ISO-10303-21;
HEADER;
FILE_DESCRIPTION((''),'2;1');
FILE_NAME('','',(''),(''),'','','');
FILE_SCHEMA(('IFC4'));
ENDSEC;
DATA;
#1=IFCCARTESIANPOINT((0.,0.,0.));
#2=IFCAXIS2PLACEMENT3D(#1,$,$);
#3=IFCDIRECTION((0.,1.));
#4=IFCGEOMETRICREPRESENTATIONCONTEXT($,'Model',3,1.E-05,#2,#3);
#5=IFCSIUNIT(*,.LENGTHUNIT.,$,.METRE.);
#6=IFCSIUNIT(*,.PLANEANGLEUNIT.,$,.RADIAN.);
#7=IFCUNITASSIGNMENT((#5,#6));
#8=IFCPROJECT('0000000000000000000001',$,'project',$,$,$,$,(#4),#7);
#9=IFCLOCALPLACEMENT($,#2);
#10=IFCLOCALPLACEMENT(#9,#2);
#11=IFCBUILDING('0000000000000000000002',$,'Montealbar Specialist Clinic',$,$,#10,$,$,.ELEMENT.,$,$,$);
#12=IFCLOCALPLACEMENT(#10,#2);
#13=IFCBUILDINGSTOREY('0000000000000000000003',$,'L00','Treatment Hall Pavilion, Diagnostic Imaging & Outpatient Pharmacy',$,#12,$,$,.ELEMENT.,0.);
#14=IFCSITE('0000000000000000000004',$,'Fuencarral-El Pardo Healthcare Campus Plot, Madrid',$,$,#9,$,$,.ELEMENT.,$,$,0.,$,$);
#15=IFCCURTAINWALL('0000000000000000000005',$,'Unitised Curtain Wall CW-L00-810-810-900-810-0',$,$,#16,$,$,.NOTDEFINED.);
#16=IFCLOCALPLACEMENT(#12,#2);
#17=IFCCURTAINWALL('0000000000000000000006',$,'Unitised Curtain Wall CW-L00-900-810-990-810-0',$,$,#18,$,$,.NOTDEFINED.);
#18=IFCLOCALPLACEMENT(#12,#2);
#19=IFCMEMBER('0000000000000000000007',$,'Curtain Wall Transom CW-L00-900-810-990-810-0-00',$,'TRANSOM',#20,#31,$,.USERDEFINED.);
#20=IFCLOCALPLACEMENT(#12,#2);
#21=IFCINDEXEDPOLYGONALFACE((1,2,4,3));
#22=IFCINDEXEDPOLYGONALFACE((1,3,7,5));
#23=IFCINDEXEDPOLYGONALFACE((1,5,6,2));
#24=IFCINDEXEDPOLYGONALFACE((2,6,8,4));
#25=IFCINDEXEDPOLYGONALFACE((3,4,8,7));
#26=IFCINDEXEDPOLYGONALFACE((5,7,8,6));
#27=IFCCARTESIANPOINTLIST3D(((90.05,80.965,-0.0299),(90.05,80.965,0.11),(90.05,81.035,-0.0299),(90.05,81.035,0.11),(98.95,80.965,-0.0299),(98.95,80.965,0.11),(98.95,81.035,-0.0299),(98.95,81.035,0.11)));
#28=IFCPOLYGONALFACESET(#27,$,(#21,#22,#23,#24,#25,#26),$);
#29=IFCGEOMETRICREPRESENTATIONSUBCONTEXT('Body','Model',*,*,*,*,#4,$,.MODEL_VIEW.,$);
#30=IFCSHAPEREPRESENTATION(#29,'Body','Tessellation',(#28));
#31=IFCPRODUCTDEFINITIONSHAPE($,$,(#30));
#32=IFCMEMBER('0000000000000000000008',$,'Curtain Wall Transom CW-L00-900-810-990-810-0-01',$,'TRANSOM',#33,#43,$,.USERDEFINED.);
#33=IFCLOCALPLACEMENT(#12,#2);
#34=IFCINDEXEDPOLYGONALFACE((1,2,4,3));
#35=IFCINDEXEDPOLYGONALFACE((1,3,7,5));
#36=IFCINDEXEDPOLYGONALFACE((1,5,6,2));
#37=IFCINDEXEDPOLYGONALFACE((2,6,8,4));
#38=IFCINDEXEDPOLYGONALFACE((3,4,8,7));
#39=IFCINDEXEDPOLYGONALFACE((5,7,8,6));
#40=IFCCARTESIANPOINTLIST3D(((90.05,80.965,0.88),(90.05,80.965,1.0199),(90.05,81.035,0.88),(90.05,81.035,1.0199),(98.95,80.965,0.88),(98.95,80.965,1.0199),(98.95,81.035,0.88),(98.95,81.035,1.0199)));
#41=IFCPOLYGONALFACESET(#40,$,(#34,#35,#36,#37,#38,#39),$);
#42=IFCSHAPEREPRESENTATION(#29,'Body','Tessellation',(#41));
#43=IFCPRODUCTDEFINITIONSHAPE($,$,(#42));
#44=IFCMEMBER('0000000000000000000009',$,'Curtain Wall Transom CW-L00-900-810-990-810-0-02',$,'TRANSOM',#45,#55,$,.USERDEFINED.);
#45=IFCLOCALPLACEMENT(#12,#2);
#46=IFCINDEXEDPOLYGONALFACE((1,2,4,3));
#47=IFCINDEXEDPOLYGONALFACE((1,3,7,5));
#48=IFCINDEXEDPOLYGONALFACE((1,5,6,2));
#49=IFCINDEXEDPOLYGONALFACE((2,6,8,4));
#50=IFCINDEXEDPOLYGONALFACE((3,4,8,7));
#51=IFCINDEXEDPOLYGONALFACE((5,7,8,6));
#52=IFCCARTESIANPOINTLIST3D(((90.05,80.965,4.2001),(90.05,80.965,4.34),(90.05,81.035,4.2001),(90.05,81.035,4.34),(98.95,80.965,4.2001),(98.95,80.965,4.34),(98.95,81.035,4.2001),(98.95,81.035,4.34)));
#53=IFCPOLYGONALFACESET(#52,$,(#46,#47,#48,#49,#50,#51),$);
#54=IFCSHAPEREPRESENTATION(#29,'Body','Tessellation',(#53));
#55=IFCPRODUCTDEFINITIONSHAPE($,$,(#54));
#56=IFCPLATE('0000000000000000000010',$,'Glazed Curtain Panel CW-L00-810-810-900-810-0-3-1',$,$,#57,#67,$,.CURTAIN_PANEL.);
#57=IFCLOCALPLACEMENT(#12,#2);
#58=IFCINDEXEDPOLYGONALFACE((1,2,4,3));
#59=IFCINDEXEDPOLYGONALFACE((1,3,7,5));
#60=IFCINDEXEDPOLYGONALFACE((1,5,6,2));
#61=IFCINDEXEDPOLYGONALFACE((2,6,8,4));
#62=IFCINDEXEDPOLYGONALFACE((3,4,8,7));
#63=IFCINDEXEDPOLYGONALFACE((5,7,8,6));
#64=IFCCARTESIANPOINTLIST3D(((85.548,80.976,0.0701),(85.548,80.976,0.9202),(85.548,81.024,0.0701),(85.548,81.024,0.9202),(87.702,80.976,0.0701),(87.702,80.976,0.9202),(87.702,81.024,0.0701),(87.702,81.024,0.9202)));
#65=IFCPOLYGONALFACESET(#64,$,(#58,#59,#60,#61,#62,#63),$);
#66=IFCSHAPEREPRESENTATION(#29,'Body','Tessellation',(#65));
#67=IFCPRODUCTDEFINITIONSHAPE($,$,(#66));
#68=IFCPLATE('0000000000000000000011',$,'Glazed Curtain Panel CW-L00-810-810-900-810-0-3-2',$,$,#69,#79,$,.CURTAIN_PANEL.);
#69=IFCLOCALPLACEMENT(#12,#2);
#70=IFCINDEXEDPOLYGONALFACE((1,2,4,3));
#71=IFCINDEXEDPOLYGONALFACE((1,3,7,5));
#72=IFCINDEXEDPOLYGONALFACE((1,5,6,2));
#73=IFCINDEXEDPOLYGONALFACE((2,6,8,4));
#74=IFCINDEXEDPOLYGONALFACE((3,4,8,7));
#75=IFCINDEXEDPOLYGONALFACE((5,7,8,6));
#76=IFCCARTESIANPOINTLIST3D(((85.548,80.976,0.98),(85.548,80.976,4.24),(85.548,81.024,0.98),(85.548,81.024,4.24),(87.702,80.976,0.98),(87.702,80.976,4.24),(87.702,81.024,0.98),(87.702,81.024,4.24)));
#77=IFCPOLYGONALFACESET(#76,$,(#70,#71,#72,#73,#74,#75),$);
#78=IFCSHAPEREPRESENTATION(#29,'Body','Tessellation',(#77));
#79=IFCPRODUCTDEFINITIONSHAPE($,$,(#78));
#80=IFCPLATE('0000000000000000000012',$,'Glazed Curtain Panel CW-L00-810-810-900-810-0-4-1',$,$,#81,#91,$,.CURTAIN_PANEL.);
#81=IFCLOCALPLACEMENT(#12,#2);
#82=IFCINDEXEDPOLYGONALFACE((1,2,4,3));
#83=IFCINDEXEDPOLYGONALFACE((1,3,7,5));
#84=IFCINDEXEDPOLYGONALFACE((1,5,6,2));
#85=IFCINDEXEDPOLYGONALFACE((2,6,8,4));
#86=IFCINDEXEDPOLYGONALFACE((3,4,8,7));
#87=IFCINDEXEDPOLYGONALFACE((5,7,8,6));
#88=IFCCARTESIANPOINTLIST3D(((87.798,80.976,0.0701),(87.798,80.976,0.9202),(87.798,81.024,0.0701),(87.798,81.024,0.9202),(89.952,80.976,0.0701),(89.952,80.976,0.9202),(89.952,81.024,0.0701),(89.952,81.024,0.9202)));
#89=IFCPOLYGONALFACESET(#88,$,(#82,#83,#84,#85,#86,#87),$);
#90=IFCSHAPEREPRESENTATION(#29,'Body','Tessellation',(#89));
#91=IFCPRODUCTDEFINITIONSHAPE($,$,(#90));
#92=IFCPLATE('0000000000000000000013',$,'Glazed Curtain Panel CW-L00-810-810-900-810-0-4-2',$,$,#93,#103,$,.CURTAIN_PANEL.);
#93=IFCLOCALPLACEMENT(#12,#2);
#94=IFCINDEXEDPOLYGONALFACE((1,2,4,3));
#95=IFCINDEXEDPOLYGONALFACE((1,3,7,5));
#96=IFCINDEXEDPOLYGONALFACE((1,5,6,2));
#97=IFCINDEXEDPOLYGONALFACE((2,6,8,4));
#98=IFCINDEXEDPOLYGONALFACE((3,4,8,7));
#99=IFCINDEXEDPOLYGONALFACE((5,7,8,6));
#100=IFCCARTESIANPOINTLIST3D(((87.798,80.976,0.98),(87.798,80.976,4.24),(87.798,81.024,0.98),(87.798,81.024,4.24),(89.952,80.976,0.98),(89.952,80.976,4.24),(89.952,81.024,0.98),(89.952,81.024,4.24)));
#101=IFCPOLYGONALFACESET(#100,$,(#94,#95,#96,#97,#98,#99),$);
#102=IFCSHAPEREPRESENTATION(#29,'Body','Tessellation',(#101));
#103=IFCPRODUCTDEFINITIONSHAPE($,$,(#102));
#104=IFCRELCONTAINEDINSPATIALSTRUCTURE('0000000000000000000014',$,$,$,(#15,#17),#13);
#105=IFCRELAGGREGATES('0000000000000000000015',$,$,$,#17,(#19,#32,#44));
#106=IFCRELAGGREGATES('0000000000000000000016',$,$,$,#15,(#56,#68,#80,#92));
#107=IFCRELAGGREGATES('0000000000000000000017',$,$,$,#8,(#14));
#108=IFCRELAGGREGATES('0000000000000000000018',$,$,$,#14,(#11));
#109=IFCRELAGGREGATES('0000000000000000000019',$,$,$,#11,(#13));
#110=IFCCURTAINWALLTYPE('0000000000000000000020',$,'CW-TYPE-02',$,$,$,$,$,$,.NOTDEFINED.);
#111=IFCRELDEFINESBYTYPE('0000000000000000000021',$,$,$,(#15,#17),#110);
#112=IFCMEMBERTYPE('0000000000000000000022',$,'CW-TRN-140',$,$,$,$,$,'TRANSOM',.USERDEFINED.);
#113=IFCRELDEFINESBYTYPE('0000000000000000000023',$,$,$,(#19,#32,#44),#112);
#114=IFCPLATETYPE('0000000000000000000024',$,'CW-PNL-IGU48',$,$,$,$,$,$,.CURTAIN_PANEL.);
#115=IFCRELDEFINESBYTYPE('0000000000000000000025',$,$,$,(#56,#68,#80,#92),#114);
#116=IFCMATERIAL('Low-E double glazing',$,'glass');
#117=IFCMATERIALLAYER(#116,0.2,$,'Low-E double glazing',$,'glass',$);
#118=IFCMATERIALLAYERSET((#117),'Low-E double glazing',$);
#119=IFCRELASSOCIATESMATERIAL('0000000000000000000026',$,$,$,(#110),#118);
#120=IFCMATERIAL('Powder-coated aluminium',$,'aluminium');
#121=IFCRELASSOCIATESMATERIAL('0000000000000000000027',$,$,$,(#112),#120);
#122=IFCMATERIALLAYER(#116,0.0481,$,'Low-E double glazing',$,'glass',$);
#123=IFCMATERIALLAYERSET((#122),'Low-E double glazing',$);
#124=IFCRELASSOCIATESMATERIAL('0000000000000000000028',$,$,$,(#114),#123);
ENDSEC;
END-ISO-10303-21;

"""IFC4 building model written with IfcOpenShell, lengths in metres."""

from ifc_helpers import new_model, si_unit, direction, frame, origin, origin_2d, place, context, subcontext, project, spatial, rectangle, extrude, material, layer, layer_set, material_profile, profile_set, type_object, element, aggregate, save


model = new_model("IFC4")

# Units and contexts
model_context = context("Model", 3, precision=1e-05, world=origin(), true_north=direction((0.0, 1.0)))
body_context = subcontext(model_context, "Body", "Model", "MODEL_VIEW")
ifc_project = project(units=[si_unit("LENGTHUNIT", "METRE"), si_unit("PLANEANGLEUNIT", "RADIAN")], contexts=[model_context])

# Site, building, storey
site_placement = place(None, origin())
site = spatial("IfcSite", under=ifc_project, at=site_placement, Name="Fuencarral-El Pardo Healthcare Campus Plot, Madrid", CompositionType="ELEMENT", RefElevation=0.0)
building_placement = place(site_placement, origin())
building = spatial("IfcBuilding", under=site, at=building_placement, Name="Montealbar Specialist Clinic", CompositionType="ELEMENT")
storey_placement = place(building_placement, origin())
storey = spatial("IfcBuildingStorey", under=building, at=storey_placement, Name="L00", Description="Treatment Hall Pavilion, Diagnostic Imaging & Outpatient Pharmacy", CompositionType="ELEMENT", Elevation=0.0)

# Curtain walls, members
ifc_material_1 = material(Name="Low-E double glazing", Category="glass")
ifc_layer_1 = layer(ifc_material_1, 0.2, Name="Low-E double glazing", Category="glass")
ifc_layer_set_1 = layer_set([ifc_layer_1], Name="Low-E double glazing")
curtain_wall_type = type_object("IfcCurtainWallType", Name="CW-TYPE-02", PredefinedType="NOTDEFINED", material=ifc_layer_set_1)
curtain_wall_1_placement = place(storey_placement, origin())
curtain_wall_1 = element("IfcCurtainWall", 1, at=curtain_wall_1_placement, inside=storey, type_object=curtain_wall_type, Name="Unitised Curtain Wall CW-L00-810-810-900-810-0", PredefinedType="NOTDEFINED")
curtain_wall_2_placement = place(storey_placement, origin())
curtain_wall_2 = element("IfcCurtainWall", 2, at=curtain_wall_2_placement, inside=storey, type_object=curtain_wall_type, Name="Unitised Curtain Wall CW-L00-900-810-990-810-0", PredefinedType="NOTDEFINED")
ifc_material_2 = material(Name="Powder-coated aluminium", Category="aluminium")
ifc_material_profile_1 = material_profile(ifc_material_2, rectangle(XDim=0.0701, YDim=0.1399, at=origin_2d()), Name="ALU 70x140", Category="aluminium")
ifc_profile_set_1 = profile_set([ifc_material_profile_1], Name="Powder-coated aluminium")
member_type_1 = type_object("IfcMemberType", Name="CW-TRN-140", ElementType="TRANSOM", PredefinedType="USERDEFINED", material=ifc_profile_set_1)
member_1_placement = place(storey_placement, frame((90.05, 81.0, 0.04), z_axis=(1.0, 0.0, 0.0), x_axis=(0.0, 1.0, 0.0)))
member_1 = element("IfcMember", 3, at=member_1_placement, type_object=member_type_1, Name="Curtain Wall Transom CW-L00-900-810-990-810-0-00", ObjectType="TRANSOM", PredefinedType="USERDEFINED", context=body_context, shape_type="SweptSolid", body=[
    extrude(rectangle(XDim=0.0701, YDim=0.1399, at=origin_2d()), origin(), (0.0, 0.0, 1.0), 8.8999),
])
member_2_placement = place(storey_placement, frame((90.05, 81.0, 0.95), z_axis=(1.0, 0.0, 0.0), x_axis=(0.0, 1.0, 0.0)))
member_2 = element("IfcMember", 4, at=member_2_placement, type_object=member_type_1, Name="Curtain Wall Transom CW-L00-900-810-990-810-0-01", ObjectType="TRANSOM", PredefinedType="USERDEFINED", context=body_context, shape_type="SweptSolid", body=[
    extrude(rectangle(XDim=0.0701, YDim=0.1399, at=origin_2d()), origin(), (0.0, 0.0, 1.0), 8.8999),
])
member_3_placement = place(storey_placement, frame((90.05, 81.0, 4.27), z_axis=(1.0, 0.0, 0.0), x_axis=(0.0, 1.0, 0.0)))
member_3 = element("IfcMember", 5, at=member_3_placement, type_object=member_type_1, Name="Curtain Wall Transom CW-L00-900-810-990-810-0-02", ObjectType="TRANSOM", PredefinedType="USERDEFINED", context=body_context, shape_type="SweptSolid", body=[
    extrude(rectangle(XDim=0.0701, YDim=0.1399, at=origin_2d()), origin(), (0.0, 0.0, 1.0), 8.8999),
])
aggregate(curtain_wall_2, [member_1, member_2, member_3])

# Plates
ifc_layer_2 = layer(ifc_material_1, 0.0481, Name="Low-E double glazing", Category="glass")
ifc_layer_set_2 = layer_set([ifc_layer_2], Name="Low-E double glazing")
plate_type = type_object("IfcPlateType", Name="CW-PNL-IGU48", PredefinedType="CURTAIN_PANEL", material=ifc_layer_set_2)
plate_1_placement = place(storey_placement, frame((86.625, 81.0, 0.0701), z_axis=(0.0, 0.0, 1.0), x_axis=(1.0, 0.0, 0.0)))
plate_1 = element("IfcPlate", 6, at=plate_1_placement, type_object=plate_type, Name="Glazed Curtain Panel CW-L00-810-810-900-810-0-3-1", PredefinedType="CURTAIN_PANEL", context=body_context, shape_type="SweptSolid", body=[
    extrude(rectangle(XDim=2.1541, YDim=0.0481, at=origin_2d()), origin(), (0.0, 0.0, 1.0), 0.8501),
])
plate_2_placement = place(storey_placement, frame((86.625, 81.0, 0.98), z_axis=(0.0, 0.0, 1.0), x_axis=(1.0, 0.0, 0.0)))
plate_2 = element("IfcPlate", 7, at=plate_2_placement, type_object=plate_type, Name="Glazed Curtain Panel CW-L00-810-810-900-810-0-3-2", PredefinedType="CURTAIN_PANEL", context=body_context, shape_type="SweptSolid", body=[
    extrude(rectangle(XDim=2.1541, YDim=0.0481, at=origin_2d()), origin(), (0.0, 0.0, 1.0), 3.26),
])
plate_3_placement = place(storey_placement, frame((88.875, 81.0, 0.0701), z_axis=(0.0, 0.0, 1.0), x_axis=(1.0, 0.0, 0.0)))
plate_3 = element("IfcPlate", 8, at=plate_3_placement, type_object=plate_type, Name="Glazed Curtain Panel CW-L00-810-810-900-810-0-4-1", PredefinedType="CURTAIN_PANEL", context=body_context, shape_type="SweptSolid", body=[
    extrude(rectangle(XDim=2.1541, YDim=0.0481, at=origin_2d()), origin(), (0.0, 0.0, 1.0), 0.8501),
])
plate_4_placement = place(storey_placement, frame((88.875, 81.0, 0.98), z_axis=(0.0, 0.0, 1.0), x_axis=(1.0, 0.0, 0.0)))
plate_4 = element("IfcPlate", 9, at=plate_4_placement, type_object=plate_type, Name="Glazed Curtain Panel CW-L00-810-810-900-810-0-4-2", PredefinedType="CURTAIN_PANEL", context=body_context, shape_type="SweptSolid", body=[
    extrude(rectangle(XDim=2.1541, YDim=0.0481, at=origin_2d()), origin(), (0.0, 0.0, 1.0), 3.26),
])
aggregate(curtain_wall_1, [plate_1, plate_2, plate_3, plate_4])

save(model, "model.ifc")
